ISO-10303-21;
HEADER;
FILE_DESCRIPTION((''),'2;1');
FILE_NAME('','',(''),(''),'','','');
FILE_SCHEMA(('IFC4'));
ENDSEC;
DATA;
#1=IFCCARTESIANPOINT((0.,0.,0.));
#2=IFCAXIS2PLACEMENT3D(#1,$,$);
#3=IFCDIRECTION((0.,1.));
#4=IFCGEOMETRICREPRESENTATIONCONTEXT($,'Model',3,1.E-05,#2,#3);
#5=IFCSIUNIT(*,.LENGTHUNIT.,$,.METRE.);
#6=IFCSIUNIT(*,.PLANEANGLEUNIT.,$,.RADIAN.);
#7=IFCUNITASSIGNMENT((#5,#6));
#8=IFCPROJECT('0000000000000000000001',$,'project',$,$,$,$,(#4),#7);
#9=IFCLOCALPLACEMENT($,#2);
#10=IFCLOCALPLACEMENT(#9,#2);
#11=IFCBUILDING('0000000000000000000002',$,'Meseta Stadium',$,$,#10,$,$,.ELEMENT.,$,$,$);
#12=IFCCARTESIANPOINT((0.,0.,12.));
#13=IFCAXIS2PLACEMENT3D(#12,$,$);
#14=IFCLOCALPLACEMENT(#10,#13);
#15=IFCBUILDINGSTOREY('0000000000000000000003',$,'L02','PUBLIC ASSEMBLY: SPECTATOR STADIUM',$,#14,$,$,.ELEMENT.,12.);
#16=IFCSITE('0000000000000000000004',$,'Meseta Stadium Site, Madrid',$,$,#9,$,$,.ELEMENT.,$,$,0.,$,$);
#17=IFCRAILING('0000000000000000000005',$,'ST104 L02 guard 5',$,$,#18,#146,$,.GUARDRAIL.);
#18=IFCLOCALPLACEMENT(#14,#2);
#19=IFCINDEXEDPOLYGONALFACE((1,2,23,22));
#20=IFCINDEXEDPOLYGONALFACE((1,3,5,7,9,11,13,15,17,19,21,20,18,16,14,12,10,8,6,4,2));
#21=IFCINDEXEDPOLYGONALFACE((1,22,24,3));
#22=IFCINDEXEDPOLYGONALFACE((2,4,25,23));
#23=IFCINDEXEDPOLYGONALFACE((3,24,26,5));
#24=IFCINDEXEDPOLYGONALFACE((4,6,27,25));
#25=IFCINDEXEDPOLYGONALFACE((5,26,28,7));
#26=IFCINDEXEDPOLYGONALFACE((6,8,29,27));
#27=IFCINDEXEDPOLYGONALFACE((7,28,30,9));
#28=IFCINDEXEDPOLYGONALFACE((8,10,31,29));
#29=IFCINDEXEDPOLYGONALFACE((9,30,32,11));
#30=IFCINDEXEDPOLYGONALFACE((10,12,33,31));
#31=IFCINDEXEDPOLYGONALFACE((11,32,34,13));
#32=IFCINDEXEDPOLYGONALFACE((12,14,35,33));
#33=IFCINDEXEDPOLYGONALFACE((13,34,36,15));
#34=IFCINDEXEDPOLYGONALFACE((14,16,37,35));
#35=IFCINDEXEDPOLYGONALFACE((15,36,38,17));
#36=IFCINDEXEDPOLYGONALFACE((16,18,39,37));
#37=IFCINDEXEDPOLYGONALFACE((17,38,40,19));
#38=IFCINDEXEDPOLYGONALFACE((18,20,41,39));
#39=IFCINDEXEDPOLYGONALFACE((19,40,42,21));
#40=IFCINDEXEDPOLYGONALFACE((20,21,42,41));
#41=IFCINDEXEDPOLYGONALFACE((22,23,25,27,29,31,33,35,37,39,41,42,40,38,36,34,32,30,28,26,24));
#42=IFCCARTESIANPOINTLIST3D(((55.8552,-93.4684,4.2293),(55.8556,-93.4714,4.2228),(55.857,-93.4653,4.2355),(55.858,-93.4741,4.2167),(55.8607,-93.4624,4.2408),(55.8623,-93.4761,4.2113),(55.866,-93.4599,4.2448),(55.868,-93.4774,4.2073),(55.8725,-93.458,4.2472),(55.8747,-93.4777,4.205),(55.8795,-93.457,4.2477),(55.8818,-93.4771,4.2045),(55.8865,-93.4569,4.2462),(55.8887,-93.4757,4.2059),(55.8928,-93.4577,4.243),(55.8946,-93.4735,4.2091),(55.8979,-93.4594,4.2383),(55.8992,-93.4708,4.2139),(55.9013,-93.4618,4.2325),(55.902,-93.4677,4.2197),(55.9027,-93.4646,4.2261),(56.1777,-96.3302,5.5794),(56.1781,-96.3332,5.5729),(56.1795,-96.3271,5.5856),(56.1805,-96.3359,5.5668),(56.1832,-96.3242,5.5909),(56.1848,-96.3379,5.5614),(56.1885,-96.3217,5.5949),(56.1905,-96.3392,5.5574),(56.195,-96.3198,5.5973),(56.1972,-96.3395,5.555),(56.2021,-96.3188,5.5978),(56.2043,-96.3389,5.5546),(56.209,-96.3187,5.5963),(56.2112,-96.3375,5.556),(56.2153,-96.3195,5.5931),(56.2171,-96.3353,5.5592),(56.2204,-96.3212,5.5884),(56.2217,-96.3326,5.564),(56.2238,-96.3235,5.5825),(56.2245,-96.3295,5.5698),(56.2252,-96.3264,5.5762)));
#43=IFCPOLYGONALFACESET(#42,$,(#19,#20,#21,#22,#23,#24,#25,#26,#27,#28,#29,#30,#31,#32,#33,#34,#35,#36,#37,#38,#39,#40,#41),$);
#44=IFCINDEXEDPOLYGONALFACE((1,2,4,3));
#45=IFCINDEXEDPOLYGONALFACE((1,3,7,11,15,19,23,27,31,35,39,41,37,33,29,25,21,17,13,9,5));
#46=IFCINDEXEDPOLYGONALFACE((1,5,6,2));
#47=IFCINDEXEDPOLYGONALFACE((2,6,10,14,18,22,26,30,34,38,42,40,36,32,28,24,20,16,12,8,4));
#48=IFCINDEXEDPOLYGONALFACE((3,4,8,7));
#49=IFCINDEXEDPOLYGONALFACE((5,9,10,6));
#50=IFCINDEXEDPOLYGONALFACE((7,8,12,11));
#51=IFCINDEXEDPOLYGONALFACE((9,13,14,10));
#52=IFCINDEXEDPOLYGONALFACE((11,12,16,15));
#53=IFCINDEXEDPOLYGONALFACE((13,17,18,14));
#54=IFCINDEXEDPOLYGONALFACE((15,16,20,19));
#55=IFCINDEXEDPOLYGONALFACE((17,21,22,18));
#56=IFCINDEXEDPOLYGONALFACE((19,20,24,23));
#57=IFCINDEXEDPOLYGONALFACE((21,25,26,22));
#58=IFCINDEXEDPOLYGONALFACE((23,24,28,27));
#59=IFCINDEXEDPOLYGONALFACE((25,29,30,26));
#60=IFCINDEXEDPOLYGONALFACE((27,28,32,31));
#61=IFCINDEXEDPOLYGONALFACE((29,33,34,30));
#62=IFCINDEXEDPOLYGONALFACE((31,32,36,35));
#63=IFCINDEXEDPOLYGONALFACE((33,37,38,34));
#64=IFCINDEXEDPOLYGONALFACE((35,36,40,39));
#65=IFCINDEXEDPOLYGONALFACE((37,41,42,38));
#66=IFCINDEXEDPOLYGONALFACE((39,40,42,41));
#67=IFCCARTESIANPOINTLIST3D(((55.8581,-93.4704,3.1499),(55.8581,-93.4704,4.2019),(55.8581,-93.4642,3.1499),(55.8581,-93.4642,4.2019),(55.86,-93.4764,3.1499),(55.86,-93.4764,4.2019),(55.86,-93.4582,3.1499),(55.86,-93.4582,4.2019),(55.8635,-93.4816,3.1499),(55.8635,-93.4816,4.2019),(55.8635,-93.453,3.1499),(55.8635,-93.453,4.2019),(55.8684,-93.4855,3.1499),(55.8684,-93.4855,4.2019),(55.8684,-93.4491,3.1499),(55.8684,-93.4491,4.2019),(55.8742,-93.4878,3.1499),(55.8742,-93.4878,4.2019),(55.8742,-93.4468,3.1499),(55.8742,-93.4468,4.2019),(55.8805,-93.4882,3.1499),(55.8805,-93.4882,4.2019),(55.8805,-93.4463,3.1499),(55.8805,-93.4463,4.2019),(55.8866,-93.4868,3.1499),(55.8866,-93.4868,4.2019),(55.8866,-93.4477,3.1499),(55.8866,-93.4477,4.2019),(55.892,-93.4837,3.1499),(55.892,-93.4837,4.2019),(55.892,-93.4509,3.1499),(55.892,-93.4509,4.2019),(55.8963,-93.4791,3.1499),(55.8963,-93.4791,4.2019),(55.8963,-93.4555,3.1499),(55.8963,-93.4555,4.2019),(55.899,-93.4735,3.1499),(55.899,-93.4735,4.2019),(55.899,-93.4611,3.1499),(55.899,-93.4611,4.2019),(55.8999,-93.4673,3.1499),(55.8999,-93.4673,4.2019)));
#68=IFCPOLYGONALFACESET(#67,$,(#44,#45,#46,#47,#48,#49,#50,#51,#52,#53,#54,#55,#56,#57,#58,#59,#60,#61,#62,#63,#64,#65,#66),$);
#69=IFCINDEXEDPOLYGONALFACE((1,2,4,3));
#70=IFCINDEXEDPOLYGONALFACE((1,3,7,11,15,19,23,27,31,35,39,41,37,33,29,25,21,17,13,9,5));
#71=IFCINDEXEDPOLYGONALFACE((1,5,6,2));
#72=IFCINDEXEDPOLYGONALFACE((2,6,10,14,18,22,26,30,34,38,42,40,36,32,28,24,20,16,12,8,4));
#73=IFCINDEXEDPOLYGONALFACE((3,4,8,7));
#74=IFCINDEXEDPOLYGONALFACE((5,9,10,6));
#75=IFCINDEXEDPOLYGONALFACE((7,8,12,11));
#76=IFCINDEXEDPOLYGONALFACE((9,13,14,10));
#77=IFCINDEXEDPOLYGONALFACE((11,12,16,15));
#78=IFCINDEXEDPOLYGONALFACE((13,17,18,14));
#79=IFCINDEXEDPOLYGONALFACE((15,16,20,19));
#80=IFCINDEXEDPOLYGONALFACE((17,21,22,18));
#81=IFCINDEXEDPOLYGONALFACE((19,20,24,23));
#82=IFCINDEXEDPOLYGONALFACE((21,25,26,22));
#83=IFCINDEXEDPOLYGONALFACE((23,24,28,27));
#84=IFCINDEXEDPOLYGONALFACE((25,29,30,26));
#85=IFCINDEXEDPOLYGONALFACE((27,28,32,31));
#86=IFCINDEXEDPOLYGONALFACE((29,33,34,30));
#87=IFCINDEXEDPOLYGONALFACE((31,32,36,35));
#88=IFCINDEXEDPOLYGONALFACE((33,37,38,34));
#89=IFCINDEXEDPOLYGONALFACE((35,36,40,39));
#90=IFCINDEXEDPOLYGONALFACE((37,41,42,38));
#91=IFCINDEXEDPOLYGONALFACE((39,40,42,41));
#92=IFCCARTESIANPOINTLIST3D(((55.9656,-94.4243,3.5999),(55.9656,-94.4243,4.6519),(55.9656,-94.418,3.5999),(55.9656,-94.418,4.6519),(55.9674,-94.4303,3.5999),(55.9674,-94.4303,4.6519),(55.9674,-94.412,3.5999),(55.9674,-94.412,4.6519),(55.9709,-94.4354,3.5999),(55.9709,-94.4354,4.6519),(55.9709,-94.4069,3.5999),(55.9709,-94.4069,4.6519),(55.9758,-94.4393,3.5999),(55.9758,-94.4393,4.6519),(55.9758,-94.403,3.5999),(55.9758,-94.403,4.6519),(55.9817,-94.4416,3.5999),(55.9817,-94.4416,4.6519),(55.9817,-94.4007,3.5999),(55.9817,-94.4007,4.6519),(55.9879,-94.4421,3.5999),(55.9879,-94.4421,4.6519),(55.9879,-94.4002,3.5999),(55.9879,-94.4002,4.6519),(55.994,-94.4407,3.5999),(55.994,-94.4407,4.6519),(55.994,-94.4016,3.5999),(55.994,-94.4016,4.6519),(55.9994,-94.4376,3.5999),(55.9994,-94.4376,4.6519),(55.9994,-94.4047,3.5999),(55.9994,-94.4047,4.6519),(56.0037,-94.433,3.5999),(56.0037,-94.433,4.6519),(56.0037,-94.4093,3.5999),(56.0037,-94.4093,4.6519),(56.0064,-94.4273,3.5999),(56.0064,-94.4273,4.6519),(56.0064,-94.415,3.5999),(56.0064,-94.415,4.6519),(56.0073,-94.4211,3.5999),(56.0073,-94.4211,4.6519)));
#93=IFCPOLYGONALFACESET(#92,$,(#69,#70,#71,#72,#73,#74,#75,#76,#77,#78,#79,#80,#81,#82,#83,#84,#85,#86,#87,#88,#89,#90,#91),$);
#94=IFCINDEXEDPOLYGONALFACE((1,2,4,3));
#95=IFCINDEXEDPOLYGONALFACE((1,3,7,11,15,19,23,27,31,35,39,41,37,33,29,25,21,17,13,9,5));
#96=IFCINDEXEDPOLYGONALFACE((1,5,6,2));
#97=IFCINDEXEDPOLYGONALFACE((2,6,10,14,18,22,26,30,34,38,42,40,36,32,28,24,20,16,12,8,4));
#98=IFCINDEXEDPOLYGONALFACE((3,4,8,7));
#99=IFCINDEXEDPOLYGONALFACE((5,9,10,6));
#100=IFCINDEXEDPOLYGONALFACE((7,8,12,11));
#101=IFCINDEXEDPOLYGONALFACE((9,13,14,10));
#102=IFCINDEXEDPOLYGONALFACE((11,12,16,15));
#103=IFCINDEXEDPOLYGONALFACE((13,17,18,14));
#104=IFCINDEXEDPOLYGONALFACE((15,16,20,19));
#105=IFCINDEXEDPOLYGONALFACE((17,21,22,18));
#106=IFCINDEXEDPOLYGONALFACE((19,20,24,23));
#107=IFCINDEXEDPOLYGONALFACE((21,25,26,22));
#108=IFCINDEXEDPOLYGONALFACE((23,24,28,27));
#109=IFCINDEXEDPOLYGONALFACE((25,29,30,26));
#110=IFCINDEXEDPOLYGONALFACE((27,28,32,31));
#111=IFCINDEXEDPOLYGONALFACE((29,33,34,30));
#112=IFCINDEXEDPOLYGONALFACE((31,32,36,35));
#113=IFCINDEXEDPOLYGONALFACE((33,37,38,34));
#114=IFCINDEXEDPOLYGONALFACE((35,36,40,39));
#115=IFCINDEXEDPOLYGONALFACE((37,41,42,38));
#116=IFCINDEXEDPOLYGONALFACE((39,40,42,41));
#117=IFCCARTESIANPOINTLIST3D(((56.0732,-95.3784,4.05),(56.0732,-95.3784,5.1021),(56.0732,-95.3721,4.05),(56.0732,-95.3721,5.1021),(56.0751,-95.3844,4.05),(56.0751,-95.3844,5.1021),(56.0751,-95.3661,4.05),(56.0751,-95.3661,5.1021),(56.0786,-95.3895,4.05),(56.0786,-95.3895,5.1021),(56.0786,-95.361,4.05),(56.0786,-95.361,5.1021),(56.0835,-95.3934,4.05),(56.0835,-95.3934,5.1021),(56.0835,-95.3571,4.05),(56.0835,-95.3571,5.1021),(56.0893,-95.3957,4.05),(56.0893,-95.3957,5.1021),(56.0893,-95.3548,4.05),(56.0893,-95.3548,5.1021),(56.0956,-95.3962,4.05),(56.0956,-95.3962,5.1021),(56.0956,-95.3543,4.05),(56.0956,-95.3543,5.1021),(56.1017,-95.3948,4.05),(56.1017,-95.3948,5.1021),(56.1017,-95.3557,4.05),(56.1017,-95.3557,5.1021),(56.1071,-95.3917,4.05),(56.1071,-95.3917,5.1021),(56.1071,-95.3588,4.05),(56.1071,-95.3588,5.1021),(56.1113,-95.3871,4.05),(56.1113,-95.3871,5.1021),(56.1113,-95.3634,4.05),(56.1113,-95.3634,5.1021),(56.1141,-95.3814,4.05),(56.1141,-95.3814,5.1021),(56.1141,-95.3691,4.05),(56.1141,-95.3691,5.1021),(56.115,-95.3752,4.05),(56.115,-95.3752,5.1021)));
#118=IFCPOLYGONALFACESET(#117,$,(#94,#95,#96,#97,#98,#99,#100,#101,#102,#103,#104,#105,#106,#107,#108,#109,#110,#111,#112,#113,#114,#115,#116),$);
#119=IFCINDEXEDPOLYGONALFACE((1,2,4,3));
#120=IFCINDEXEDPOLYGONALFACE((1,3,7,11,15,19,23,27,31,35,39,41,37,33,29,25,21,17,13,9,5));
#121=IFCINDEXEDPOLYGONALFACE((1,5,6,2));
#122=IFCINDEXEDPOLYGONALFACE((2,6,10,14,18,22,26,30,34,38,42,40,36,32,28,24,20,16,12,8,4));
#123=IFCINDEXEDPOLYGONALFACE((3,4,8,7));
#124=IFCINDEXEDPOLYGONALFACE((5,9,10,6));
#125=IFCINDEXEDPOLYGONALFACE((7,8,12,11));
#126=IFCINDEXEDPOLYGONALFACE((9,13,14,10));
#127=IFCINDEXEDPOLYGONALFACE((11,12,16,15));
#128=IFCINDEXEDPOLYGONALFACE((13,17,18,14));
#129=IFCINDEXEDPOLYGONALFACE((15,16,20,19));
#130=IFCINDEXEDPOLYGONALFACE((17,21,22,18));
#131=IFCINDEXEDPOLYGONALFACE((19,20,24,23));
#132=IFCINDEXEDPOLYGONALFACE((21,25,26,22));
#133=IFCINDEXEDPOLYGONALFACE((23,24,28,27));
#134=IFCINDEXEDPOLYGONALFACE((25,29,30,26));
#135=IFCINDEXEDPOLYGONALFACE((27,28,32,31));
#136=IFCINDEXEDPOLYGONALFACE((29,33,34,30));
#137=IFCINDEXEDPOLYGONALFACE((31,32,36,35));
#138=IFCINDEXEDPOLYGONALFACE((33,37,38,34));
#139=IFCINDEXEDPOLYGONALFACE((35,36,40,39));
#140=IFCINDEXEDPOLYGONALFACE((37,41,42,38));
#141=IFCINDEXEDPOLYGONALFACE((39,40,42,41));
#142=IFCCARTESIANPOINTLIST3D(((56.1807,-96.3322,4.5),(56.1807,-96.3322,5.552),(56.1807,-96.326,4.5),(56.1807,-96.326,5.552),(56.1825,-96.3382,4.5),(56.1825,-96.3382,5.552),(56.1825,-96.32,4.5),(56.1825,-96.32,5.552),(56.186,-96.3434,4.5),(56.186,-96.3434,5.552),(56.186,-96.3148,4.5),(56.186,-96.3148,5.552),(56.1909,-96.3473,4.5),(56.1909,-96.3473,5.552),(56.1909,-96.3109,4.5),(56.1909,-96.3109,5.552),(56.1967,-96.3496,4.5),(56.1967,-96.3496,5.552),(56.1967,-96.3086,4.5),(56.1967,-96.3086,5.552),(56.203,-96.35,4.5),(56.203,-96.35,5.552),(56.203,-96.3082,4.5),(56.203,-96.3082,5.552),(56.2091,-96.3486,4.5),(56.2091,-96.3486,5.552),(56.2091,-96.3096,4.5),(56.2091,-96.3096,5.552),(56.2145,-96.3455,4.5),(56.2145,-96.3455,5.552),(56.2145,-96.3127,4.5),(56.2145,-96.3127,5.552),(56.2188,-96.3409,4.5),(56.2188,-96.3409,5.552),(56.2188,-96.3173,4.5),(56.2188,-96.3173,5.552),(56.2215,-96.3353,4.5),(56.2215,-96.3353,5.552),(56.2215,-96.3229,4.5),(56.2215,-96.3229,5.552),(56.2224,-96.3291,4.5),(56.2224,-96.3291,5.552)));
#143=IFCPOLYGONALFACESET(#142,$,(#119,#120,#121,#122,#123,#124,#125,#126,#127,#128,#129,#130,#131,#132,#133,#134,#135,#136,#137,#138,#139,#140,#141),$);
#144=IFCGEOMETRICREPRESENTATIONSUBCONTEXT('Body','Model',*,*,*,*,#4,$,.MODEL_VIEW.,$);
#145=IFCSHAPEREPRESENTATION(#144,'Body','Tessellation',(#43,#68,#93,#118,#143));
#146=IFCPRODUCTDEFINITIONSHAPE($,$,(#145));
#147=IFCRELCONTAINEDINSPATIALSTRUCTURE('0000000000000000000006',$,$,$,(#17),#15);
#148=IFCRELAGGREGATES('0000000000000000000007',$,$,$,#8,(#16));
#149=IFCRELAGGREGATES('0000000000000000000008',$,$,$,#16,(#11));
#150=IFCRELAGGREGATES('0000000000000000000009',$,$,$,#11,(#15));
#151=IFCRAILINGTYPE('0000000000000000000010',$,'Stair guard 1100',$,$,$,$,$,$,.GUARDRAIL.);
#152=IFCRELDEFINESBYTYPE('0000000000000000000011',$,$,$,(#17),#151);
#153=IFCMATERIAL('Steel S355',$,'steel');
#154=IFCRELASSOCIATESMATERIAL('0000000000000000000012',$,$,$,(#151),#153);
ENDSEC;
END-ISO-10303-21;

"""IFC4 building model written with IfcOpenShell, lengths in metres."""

from ifc_helpers import new_model, si_unit, direction, frame, origin, origin_2d, place, context, subcontext, project, spatial, circle, extrude, material, type_object, element, save


model = new_model("IFC4")

# Units and contexts
model_context = context("Model", 3, precision=1e-05, world=origin(), true_north=direction((0.0, 1.0)))
body_context = subcontext(model_context, "Body", "Model", "MODEL_VIEW")
ifc_project = project(units=[si_unit("LENGTHUNIT", "METRE"), si_unit("PLANEANGLEUNIT", "RADIAN")], contexts=[model_context])

# Site, building, storey
site_placement = place(None, origin())
site = spatial("IfcSite", under=ifc_project, at=site_placement, Name="Meseta Stadium Site, Madrid", CompositionType="ELEMENT", RefElevation=0.0)
building_placement = place(site_placement, origin())
building = spatial("IfcBuilding", under=site, at=building_placement, Name="Meseta Stadium", CompositionType="ELEMENT")
storey_placement = place(building_placement, frame((0.0, 0.0, 12.0)))
storey = spatial("IfcBuildingStorey", under=building, at=storey_placement, Name="L02", Description="PUBLIC ASSEMBLY: SPECTATOR STADIUM", CompositionType="ELEMENT", Elevation=12.0)

# Railing
ifc_material_1 = material(Name="Steel S355", Category="steel")
railing_type_1 = type_object("IfcRailingType", Name="Stair guard 1100", PredefinedType="GUARDRAIL", material=ifc_material_1)
railing_1_placement = place(storey_placement, frame((55.8789, -93.4673, 3.1499)))
element("IfcRailing", 1, at=railing_1_placement, inside=storey, type_object=railing_type_1, Name="ST104 L02 guard 5", PredefinedType="GUARDRAIL", context=body_context, shape_type="SweptSolid", body=[
    extrude(circle(Radius=0.0239, at=origin_2d()), frame((0.0, 0.0, 1.0762), z_axis=(0.101396, -0.899748, 0.424467), x_axis=(0.99371, 0.111985, 0.0)), (0.0, 0.0, 1.0), 3.1807),
    extrude(circle(Radius=0.021, at=origin_2d()), origin(), (0.0, 0.0, 1.0), 1.052),
    extrude(circle(Radius=0.021, at=origin_2d()), frame((0.1074, -0.9539, 0.45)), (0.0, 0.0, 1.0), 1.052),
    extrude(circle(Radius=0.021, at=origin_2d()), frame((0.2151, -1.908, 0.9001)), (0.0, 0.0, 1.0), 1.052),
    extrude(circle(Radius=0.021, at=origin_2d()), frame((0.3225, -2.8618, 1.3501)), (0.0, 0.0, 1.0), 1.052),
])

save(model, "model.ifc")
